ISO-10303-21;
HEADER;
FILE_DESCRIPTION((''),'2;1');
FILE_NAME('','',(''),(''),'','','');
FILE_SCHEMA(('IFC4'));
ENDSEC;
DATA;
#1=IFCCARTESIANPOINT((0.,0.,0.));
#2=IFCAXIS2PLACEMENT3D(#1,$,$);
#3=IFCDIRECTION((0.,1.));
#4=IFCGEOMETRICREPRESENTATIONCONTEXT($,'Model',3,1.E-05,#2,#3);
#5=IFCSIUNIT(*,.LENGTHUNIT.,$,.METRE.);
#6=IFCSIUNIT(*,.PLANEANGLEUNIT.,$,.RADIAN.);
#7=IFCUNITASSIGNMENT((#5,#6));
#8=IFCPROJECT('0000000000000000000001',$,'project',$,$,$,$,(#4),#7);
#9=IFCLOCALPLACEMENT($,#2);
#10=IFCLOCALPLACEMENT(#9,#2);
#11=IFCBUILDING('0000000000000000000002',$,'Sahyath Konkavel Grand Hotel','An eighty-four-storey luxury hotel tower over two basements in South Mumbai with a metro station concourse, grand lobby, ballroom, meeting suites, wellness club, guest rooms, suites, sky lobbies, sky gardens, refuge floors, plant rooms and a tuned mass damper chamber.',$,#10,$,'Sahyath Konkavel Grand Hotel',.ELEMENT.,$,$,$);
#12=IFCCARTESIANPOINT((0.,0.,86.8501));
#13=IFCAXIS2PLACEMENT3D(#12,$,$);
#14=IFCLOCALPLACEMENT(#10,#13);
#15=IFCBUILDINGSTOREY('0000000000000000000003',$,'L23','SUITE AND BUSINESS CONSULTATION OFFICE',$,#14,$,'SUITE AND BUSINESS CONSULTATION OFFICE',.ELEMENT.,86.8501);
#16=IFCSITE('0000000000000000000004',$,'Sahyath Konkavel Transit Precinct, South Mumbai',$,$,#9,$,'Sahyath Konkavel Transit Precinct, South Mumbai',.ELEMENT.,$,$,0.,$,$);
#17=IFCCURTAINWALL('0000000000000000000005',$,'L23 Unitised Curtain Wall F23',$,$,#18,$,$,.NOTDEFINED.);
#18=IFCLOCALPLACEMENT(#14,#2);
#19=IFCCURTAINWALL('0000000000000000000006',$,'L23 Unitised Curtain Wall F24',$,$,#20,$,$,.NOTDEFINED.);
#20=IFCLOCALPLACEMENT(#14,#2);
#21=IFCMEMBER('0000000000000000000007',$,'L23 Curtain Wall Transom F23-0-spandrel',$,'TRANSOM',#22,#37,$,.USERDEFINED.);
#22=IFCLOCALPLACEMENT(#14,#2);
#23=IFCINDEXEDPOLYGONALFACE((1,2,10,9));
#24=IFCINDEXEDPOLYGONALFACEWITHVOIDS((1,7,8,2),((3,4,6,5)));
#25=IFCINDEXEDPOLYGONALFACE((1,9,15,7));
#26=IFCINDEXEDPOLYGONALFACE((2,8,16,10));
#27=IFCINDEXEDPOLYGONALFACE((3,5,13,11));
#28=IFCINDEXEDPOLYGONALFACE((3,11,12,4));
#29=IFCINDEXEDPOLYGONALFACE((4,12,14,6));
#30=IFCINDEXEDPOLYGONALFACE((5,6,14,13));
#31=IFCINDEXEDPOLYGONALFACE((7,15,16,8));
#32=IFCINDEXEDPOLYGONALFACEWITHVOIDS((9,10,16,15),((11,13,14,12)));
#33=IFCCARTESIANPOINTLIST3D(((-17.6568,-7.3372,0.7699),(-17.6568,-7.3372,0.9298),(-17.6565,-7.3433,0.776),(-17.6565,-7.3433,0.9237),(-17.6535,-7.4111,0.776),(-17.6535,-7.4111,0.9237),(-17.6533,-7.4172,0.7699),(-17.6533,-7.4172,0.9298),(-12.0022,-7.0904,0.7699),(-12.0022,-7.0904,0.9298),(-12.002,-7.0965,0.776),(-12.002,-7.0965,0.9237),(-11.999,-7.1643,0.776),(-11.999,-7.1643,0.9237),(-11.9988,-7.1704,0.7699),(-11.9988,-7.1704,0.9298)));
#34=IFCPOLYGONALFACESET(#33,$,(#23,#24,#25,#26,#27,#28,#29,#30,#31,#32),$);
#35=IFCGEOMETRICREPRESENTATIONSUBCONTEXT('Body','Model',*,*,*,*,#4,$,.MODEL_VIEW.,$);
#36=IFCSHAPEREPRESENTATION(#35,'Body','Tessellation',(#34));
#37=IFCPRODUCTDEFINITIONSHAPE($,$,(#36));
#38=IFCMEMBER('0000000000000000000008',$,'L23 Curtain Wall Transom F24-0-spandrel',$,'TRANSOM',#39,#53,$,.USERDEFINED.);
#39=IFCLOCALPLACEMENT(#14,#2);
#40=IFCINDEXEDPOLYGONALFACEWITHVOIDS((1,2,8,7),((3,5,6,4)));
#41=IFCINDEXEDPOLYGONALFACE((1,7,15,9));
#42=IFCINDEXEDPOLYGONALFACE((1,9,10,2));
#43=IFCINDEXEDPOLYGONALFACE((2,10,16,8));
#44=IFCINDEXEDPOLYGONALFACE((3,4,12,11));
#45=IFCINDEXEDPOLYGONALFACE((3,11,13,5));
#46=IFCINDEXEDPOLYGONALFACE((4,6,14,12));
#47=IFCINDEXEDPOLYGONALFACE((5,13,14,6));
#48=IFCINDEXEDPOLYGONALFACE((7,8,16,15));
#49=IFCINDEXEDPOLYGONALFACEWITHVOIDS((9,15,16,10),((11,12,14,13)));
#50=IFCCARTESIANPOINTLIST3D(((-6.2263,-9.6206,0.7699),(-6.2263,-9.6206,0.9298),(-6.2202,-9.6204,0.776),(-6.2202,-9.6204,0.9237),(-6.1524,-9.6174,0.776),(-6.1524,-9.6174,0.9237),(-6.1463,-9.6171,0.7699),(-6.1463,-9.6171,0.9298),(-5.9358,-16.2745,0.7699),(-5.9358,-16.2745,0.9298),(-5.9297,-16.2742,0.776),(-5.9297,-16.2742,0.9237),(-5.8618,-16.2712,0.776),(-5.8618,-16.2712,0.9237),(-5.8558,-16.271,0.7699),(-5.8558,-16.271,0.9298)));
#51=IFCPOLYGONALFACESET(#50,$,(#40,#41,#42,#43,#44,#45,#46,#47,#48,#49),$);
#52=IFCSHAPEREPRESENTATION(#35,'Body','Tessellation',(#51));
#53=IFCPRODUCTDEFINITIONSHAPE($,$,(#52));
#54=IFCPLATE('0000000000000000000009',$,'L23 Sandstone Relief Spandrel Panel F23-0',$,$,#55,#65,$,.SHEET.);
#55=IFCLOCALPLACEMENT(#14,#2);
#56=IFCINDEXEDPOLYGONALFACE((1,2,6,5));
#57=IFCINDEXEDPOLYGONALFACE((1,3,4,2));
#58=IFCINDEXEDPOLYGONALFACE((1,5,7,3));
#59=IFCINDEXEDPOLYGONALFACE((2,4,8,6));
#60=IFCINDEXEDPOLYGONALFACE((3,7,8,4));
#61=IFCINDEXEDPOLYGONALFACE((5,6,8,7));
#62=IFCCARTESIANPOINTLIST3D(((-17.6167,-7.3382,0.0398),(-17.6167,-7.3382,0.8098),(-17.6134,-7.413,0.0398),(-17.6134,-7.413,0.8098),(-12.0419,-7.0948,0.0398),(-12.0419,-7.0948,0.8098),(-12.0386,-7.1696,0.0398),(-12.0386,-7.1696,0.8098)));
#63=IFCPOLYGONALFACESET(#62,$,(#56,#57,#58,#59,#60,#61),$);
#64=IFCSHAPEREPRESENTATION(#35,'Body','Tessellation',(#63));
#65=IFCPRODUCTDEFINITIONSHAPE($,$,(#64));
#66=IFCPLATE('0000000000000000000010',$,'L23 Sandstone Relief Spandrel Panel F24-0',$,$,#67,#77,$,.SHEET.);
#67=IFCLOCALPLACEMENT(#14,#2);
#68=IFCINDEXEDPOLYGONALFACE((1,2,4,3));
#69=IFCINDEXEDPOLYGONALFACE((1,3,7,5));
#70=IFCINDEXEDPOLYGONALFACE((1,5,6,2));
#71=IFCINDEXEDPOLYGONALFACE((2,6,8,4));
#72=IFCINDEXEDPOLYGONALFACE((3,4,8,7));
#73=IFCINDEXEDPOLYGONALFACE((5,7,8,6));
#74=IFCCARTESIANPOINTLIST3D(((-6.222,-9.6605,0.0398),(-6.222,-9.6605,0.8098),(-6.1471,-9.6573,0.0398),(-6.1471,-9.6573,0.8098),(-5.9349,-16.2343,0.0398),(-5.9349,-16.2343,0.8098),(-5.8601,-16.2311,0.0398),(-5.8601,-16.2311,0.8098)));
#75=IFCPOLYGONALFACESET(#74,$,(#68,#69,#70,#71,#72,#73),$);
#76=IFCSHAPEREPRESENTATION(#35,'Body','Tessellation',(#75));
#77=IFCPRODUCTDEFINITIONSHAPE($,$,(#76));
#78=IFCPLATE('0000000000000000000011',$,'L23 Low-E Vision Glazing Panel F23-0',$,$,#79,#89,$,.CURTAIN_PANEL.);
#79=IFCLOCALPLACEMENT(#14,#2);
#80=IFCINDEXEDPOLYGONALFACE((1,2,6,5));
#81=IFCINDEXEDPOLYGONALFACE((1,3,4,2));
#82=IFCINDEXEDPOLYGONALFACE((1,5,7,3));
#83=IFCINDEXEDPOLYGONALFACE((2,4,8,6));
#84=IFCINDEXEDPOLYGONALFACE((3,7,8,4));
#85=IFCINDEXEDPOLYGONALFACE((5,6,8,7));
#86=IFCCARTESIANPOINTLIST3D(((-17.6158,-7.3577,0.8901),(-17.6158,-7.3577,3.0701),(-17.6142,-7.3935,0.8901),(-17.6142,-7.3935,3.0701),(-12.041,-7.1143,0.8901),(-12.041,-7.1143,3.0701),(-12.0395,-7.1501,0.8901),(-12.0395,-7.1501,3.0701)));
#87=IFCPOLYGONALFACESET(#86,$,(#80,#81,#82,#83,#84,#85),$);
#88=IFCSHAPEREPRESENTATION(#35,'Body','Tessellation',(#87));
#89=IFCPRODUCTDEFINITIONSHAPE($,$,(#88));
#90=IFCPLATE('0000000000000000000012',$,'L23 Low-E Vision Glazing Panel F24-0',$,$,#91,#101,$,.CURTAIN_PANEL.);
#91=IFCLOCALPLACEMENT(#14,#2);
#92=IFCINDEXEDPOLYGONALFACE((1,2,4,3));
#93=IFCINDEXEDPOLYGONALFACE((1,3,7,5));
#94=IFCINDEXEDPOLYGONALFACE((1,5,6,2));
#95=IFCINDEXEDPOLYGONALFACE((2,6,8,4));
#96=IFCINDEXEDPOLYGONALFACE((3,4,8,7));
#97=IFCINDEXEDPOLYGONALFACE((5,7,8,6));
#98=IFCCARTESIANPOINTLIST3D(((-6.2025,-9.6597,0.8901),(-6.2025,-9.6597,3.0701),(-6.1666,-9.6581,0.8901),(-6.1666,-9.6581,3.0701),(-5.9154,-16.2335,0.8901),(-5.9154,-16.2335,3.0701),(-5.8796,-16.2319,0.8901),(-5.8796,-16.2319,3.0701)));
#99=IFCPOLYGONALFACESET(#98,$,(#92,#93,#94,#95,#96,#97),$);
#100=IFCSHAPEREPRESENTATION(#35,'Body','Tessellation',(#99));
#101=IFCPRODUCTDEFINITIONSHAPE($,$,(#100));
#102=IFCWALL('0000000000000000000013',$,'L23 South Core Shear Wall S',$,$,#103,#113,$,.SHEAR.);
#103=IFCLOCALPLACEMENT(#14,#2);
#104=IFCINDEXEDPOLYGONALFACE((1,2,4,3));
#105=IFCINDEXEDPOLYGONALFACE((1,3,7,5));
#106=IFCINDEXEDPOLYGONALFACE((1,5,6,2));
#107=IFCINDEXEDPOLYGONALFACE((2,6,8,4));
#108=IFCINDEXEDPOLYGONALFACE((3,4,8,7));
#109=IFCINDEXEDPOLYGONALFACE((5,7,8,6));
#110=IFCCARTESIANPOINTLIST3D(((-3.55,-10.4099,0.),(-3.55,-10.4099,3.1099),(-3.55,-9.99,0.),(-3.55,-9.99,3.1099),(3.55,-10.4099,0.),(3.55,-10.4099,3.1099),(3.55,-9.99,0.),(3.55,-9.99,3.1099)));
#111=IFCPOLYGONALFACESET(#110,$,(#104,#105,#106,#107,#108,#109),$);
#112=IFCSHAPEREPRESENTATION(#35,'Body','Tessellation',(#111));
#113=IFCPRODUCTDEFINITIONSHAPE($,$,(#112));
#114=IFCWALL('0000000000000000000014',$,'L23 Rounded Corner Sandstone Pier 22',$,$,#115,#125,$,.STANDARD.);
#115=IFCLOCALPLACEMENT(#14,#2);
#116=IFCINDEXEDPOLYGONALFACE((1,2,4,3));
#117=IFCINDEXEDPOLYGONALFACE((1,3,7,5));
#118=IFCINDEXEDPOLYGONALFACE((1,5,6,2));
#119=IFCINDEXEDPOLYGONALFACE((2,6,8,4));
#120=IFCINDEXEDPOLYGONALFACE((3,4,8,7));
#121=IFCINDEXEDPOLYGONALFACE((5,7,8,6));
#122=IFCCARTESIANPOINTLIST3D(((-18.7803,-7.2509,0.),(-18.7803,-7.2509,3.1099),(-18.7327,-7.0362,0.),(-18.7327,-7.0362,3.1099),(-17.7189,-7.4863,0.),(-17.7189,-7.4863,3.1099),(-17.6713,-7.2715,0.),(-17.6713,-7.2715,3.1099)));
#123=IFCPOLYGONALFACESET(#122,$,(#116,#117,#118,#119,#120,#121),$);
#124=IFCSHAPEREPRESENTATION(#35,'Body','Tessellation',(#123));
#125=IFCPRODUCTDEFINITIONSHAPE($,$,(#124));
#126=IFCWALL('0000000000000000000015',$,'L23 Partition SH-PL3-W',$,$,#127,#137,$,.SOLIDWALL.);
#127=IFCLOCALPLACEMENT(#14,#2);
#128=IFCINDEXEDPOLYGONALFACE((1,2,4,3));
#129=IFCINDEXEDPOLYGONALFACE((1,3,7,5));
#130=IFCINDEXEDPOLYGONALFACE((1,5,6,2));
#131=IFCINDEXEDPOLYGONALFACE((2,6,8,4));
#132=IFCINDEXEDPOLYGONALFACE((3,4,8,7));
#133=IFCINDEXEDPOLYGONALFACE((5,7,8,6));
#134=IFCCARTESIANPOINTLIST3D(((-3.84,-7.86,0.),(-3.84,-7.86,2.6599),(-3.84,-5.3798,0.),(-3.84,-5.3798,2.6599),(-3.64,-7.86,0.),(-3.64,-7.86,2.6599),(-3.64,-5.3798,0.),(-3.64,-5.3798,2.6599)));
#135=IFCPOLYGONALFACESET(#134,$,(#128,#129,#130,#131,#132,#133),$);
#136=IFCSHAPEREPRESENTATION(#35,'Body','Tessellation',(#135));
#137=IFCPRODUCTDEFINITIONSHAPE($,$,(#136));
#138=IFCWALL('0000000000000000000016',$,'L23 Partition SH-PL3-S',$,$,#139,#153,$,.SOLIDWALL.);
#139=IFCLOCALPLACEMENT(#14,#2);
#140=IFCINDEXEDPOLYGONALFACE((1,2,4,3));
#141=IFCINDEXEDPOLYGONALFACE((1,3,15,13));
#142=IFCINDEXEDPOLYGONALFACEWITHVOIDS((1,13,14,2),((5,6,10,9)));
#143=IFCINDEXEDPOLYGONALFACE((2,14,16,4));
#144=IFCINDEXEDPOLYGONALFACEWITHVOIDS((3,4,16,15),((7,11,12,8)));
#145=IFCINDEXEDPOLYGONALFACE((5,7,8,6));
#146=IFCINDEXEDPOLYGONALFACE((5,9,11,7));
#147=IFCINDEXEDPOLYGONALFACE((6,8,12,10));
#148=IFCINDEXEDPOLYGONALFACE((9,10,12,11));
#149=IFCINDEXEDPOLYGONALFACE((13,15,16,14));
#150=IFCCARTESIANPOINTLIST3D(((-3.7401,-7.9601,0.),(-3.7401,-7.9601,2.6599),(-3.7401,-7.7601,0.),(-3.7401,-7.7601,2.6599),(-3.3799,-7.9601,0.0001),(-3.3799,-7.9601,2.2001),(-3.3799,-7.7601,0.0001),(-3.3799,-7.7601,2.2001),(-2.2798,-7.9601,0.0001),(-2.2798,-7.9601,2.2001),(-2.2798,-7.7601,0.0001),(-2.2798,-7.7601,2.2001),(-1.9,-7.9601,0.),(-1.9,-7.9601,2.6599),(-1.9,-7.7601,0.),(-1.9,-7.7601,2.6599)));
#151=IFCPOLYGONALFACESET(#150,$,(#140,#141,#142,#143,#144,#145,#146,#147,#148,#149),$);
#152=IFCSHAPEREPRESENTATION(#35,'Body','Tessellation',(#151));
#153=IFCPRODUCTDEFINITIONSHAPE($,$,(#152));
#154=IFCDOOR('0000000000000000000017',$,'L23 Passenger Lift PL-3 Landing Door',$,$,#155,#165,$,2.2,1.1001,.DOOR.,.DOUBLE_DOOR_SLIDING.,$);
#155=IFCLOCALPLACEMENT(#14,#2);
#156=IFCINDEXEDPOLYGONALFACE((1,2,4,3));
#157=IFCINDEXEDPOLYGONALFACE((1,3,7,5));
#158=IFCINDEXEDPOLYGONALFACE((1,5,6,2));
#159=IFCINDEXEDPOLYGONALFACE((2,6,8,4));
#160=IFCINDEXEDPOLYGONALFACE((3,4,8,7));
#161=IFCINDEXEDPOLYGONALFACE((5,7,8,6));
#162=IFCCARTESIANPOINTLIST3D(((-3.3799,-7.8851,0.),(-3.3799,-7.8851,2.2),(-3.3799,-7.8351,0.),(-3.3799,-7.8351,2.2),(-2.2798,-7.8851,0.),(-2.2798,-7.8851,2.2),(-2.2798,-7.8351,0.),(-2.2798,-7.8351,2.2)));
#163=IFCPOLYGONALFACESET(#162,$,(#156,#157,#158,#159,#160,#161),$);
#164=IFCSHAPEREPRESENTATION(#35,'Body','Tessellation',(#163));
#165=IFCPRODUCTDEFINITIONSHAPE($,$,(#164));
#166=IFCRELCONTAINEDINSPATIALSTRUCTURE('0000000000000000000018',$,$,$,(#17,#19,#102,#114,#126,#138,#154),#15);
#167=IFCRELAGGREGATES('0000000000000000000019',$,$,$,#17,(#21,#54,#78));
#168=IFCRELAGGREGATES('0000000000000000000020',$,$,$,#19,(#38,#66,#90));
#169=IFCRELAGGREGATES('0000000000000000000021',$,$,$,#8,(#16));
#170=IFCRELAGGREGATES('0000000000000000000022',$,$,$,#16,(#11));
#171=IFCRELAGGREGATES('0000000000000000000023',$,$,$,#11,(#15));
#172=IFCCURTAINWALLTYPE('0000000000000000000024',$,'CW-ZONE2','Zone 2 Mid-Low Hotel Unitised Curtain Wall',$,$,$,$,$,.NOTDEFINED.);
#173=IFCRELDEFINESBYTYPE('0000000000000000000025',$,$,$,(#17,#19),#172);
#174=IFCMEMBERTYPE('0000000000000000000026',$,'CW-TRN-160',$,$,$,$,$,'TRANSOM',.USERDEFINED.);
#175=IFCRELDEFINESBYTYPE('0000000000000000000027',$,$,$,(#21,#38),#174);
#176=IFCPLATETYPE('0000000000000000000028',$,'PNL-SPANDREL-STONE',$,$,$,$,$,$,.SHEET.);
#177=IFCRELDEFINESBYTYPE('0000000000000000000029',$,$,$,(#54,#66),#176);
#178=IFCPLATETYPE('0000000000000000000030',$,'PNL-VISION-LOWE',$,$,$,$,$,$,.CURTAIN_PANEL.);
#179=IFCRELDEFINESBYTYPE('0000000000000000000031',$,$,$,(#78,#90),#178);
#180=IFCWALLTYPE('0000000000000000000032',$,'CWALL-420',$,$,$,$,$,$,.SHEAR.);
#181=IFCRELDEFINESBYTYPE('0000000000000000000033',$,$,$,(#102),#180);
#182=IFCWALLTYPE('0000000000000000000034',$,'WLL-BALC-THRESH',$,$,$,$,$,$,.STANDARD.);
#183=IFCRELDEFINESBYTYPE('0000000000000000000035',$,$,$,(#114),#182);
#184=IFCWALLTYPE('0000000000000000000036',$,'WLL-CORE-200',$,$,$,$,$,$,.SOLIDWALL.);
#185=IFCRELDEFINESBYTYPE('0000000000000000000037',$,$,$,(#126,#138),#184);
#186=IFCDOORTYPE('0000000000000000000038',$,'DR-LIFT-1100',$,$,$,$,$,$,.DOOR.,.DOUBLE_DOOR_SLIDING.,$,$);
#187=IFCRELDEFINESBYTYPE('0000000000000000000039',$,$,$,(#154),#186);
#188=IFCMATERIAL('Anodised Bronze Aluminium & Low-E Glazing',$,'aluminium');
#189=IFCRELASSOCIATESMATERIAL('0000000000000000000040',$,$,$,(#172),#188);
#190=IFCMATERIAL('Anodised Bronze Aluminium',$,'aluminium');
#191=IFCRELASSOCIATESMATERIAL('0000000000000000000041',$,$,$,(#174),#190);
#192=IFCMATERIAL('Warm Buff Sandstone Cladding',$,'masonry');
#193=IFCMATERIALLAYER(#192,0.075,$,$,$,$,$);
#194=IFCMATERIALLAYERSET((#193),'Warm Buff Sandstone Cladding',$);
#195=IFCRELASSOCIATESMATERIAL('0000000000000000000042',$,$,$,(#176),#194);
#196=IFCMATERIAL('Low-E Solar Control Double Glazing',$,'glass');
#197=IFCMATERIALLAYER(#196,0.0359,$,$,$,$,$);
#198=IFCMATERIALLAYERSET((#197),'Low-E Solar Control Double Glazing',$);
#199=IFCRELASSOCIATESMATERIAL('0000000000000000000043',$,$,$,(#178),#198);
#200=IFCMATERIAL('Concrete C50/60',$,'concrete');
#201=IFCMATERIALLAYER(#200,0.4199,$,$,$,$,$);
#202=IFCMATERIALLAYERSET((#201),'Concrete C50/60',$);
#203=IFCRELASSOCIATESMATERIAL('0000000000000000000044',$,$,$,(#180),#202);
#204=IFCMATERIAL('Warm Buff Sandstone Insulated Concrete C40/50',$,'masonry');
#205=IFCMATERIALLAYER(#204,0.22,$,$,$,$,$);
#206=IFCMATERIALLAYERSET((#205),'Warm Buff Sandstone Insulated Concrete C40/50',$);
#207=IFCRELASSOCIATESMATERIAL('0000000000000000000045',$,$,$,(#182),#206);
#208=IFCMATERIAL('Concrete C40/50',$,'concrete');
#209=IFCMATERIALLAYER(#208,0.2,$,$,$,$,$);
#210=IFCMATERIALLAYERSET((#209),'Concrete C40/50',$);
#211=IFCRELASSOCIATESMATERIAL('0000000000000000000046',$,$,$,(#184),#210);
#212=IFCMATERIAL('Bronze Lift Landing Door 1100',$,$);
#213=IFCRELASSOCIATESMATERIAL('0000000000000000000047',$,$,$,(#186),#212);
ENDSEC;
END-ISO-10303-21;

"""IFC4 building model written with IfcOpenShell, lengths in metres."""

from ifc_helpers import new_model, si_unit, direction, frame, frame_2d, origin, origin_2d, place, context, subcontext, project, spatial, rectangle, hollow_rectangle, extrude, source, transform, mapped, material, layer, layer_set, material_profile, profile_set, type_object, element, fill, aggregate, save


model = new_model("IFC4")

# Units and contexts
model_context = context("Model", 3, precision=1e-05, world=origin(), true_north=direction((0.0, 1.0)))
body_context = subcontext(model_context, "Body", "Model", "MODEL_VIEW")
ifc_project = project(units=[si_unit("LENGTHUNIT", "METRE"), si_unit("PLANEANGLEUNIT", "RADIAN")], contexts=[model_context])

# Site, building, storey
site_placement = place(None, origin())
site = spatial("IfcSite", under=ifc_project, at=site_placement, Name="Sahyath Konkavel Transit Precinct, South Mumbai", LongName="Sahyath Konkavel Transit Precinct, South Mumbai", CompositionType="ELEMENT", RefElevation=0.0)
building_placement = place(site_placement, origin())
building = spatial("IfcBuilding", under=site, at=building_placement, Name="Sahyath Konkavel Grand Hotel", Description="An eighty-four-storey luxury hotel tower over two basements in South Mumbai with a metro station concourse, grand lobby, ballroom, meeting suites, wellness club, guest rooms, suites, sky lobbies, sky gardens, refuge floors, plant rooms and a tuned mass damper chamber.", LongName="Sahyath Konkavel Grand Hotel", CompositionType="ELEMENT")
storey_placement = place(building_placement, frame((0.0, 0.0, 86.8501)))
storey = spatial("IfcBuildingStorey", under=building, at=storey_placement, Name="L23", Description="SUITE AND BUSINESS CONSULTATION OFFICE", LongName="SUITE AND BUSINESS CONSULTATION OFFICE", CompositionType="ELEMENT", Elevation=86.8501)

# Curtain wall
ifc_material_1 = material(Name="Anodised Bronze Aluminium & Low-E Glazing", Category="aluminium")
curtain_wall_type = type_object("IfcCurtainWallType", Name="CW-ZONE2", Description="Zone 2 Mid-Low Hotel Unitised Curtain Wall", PredefinedType="NOTDEFINED", material=ifc_material_1)
curtain_wall_1_placement = place(storey_placement, origin())
curtain_wall_1 = element("IfcCurtainWall", 1, at=curtain_wall_1_placement, inside=storey, type_object=curtain_wall_type, Name="L23 Unitised Curtain Wall F23", PredefinedType="NOTDEFINED")
ifc_material_2 = material(Name="Anodised Bronze Aluminium", Category="aluminium")

# Curtain wall
curtain_wall_2_placement = place(storey_placement, origin())
curtain_wall_2 = element("IfcCurtainWall", 2, at=curtain_wall_2_placement, inside=storey, type_object=curtain_wall_type, Name="L23 Unitised Curtain Wall F24", PredefinedType="NOTDEFINED")

# Members
ifc_material_profile_1 = material_profile(ifc_material_2, hollow_rectangle(XDim=0.0801, YDim=0.1599, WallThickness=0.0061, at=origin_2d()), Name="RHS 160x80x6")
ifc_profile_set_1 = profile_set([ifc_material_profile_1], Name="Anodised Bronze Aluminium")
member_type_1 = type_object("IfcMemberType", Name="CW-TRN-160", ElementType="TRANSOM", PredefinedType="USERDEFINED", material=ifc_profile_set_1)
shared_shape_1 = source(origin(), body_context, "Body", "SweptSolid", [
    extrude(hollow_rectangle(XDim=0.0801, YDim=0.1599, WallThickness=0.0061, at=origin_2d()), origin(), (0.0, 0.0, 1.0), 5.6599),
])
member_1_placement = place(storey_placement, frame((-17.655, -7.3772, 0.8499), z_axis=(0.999049, 0.043609, 0.0), x_axis=(-0.043609, 0.999049, 0.0)))
member_1 = element("IfcMember", 3, at=member_1_placement, type_object=member_type_1, Name="L23 Curtain Wall Transom F23-0-spandrel", ObjectType="TRANSOM", PredefinedType="USERDEFINED", context=body_context, shape_type="MappedRepresentation", body=[
    mapped(shared_shape_1, transform((0.0, 0.0, 0.0), scale=1.0)),
])
shared_shape_2 = source(origin(), body_context, "Body", "SweptSolid", [
    extrude(hollow_rectangle(XDim=0.0801, YDim=0.1599, WallThickness=0.0061, at=origin_2d()), origin(), (0.0, 0.0, 1.0), 6.6602),
])
member_2_placement = place(storey_placement, frame((-6.1863, -9.6189, 0.8499), z_axis=(0.043622, -0.999048, 0.0), x_axis=(0.999048, 0.043622, 0.0)))
member_2 = element("IfcMember", 4, at=member_2_placement, type_object=member_type_1, Name="L23 Curtain Wall Transom F24-0-spandrel", ObjectType="TRANSOM", PredefinedType="USERDEFINED", context=body_context, shape_type="MappedRepresentation", body=[
    mapped(shared_shape_2, transform((0.0, 0.0, 0.0), scale=1.0)),
])

# Plates
ifc_material_3 = material(Name="Warm Buff Sandstone Cladding", Category="masonry")
ifc_layer_1 = layer(ifc_material_3, 0.075)
ifc_layer_set_1 = layer_set([ifc_layer_1], Name="Warm Buff Sandstone Cladding")
plate_type_1 = type_object("IfcPlateType", Name="PNL-SPANDREL-STONE", PredefinedType="SHEET", material=ifc_layer_set_1)
shared_shape_3 = source(origin(), body_context, "Body", "SweptSolid", [
    extrude(rectangle(XDim=5.5801, YDim=0.075, at=origin_2d()), origin(), (0.0, 0.0, 1.0), 0.77),
])
plate_1_placement = place(storey_placement, frame((-14.8276, -7.2539, 0.0398), z_axis=(0.0, 0.0, 1.0), x_axis=(0.999048, 0.043619, 0.0)))
plate_1 = element("IfcPlate", 5, at=plate_1_placement, type_object=plate_type_1, Name="L23 Sandstone Relief Spandrel Panel F23-0", PredefinedType="SHEET", context=body_context, shape_type="MappedRepresentation", body=[
    mapped(shared_shape_3, transform((0.0, 0.0, 0.0), scale=1.0)),
])
shared_shape_4 = source(origin(), body_context, "Body", "SweptSolid", [
    extrude(rectangle(XDim=6.5801, YDim=0.075, at=origin_2d()), origin(), (0.0, 0.0, 1.0), 0.77),
])
plate_2_placement = place(storey_placement, frame((-6.041, -12.9458, 0.0398), z_axis=(0.0, 0.0, 1.0), x_axis=(0.043619, -0.999048, 0.0)))
plate_2 = element("IfcPlate", 6, at=plate_2_placement, type_object=plate_type_1, Name="L23 Sandstone Relief Spandrel Panel F24-0", PredefinedType="SHEET", context=body_context, shape_type="MappedRepresentation", body=[
    mapped(shared_shape_4, transform((0.0, 0.0, 0.0), scale=1.0)),
])
ifc_material_4 = material(Name="Low-E Solar Control Double Glazing", Category="glass")
ifc_layer_2 = layer(ifc_material_4, 0.0359)
ifc_layer_set_2 = layer_set([ifc_layer_2], Name="Low-E Solar Control Double Glazing")
plate_type_2 = type_object("IfcPlateType", Name="PNL-VISION-LOWE", PredefinedType="CURTAIN_PANEL", material=ifc_layer_set_2)
shared_shape_5 = source(origin(), body_context, "Body", "SweptSolid", [
    extrude(rectangle(XDim=5.5801, YDim=0.0359, at=origin_2d()), origin(), (0.0, 0.0, 1.0), 2.1799),
])
plate_3_placement = place(storey_placement, frame((-14.8276, -7.2539, 0.8901), z_axis=(0.0, 0.0, 1.0), x_axis=(0.999048, 0.043619, 0.0)))
plate_3 = element("IfcPlate", 7, at=plate_3_placement, type_object=plate_type_2, Name="L23 Low-E Vision Glazing Panel F23-0", PredefinedType="CURTAIN_PANEL", context=body_context, shape_type="MappedRepresentation", body=[
    mapped(shared_shape_5, transform((0.0, 0.0, 0.0), scale=1.0)),
])
aggregate(curtain_wall_1, [member_1, plate_1, plate_3])
shared_shape_6 = source(origin(), body_context, "Body", "SweptSolid", [
    extrude(rectangle(XDim=6.5801, YDim=0.0359, at=origin_2d()), origin(), (0.0, 0.0, 1.0), 2.1799),
])
plate_4_placement = place(storey_placement, frame((-6.041, -12.9458, 0.8901), z_axis=(0.0, 0.0, 1.0), x_axis=(0.043619, -0.999048, 0.0)))
plate_4 = element("IfcPlate", 8, at=plate_4_placement, type_object=plate_type_2, Name="L23 Low-E Vision Glazing Panel F24-0", PredefinedType="CURTAIN_PANEL", context=body_context, shape_type="MappedRepresentation", body=[
    mapped(shared_shape_6, transform((0.0, 0.0, 0.0), scale=1.0)),
])
aggregate(curtain_wall_2, [member_2, plate_2, plate_4])

# Walls
ifc_material_5 = material(Name="Concrete C50/60", Category="concrete")
ifc_layer_3 = layer(ifc_material_5, 0.4199)
ifc_layer_set_3 = layer_set([ifc_layer_3], Name="Concrete C50/60")
wall_type_1 = type_object("IfcWallType", Name="CWALL-420", PredefinedType="SHEAR", material=ifc_layer_set_3)
wall_1_placement = place(storey_placement, frame((-3.55, -10.2, 0.0), z_axis=(0.0, 0.0, 1.0), x_axis=(1.0, 0.0, 0.0)))
element("IfcWall", 9, at=wall_1_placement, inside=storey, type_object=wall_type_1, Name="L23 South Core Shear Wall S", PredefinedType="SHEAR", context=body_context, shape_type="SweptSolid", body=[
    extrude(rectangle(XDim=7.1001, YDim=0.4199, at=frame_2d((3.55, 0.0))), origin(), (0.0, 0.0, 1.0), 3.1099),
])
ifc_material_6 = material(Name="Warm Buff Sandstone Insulated Concrete C40/50", Category="masonry")
ifc_layer_4 = layer(ifc_material_6, 0.22)
ifc_layer_set_4 = layer_set([ifc_layer_4], Name="Warm Buff Sandstone Insulated Concrete C40/50")
wall_type_2 = type_object("IfcWallType", Name="WLL-BALC-THRESH", PredefinedType="STANDARD", material=ifc_layer_set_4)
wall_2_placement = place(storey_placement, frame((-18.7563, -7.1436, 0.0), z_axis=(0.0, 0.0, 1.0), x_axis=(0.976282, -0.216502, 0.0)))
element("IfcWall", 10, at=wall_2_placement, inside=storey, type_object=wall_type_2, Name="L23 Rounded Corner Sandstone Pier 22", PredefinedType="STANDARD", context=body_context, shape_type="SweptSolid", body=[
    extrude(rectangle(XDim=1.0872, YDim=0.22, at=frame_2d((0.5435, 0.0))), origin(), (0.0, 0.0, 1.0), 3.1099),
])
ifc_material_7 = material(Name="Concrete C40/50", Category="concrete")
ifc_layer_5 = layer(ifc_material_7, 0.2)
ifc_layer_set_5 = layer_set([ifc_layer_5], Name="Concrete C40/50")
wall_type_3 = type_object("IfcWallType", Name="WLL-CORE-200", PredefinedType="SOLIDWALL", material=ifc_layer_set_5)
wall_3_placement = place(storey_placement, frame((-3.74, -7.8601, 0.0), z_axis=(0.0, 0.0, 1.0), x_axis=(0.0, 1.0, 0.0)))
element("IfcWall", 11, at=wall_3_placement, inside=storey, type_object=wall_type_3, Name="L23 Partition SH-PL3-W", PredefinedType="SOLIDWALL", context=body_context, shape_type="SweptSolid", body=[
    extrude(rectangle(XDim=2.4802, YDim=0.2, at=frame_2d((1.2402, 0.0))), origin(), (0.0, 0.0, 1.0), 2.6599),
])

# Wall, opening, door
wall_4_placement = place(storey_placement, frame((-3.74, -7.8601, 0.0), z_axis=(0.0, 0.0, 1.0), x_axis=(1.0, 0.0, 0.0)))
wall_4 = element("IfcWall", 12, at=wall_4_placement, inside=storey, type_object=wall_type_3, Name="L23 Partition SH-PL3-S", PredefinedType="SOLIDWALL", context=body_context, shape_type="SweptSolid", body=[
    extrude(rectangle(XDim=1.8401, YDim=0.2, at=frame_2d((0.9199, 0.0))), origin(), (0.0, 0.0, 1.0), 2.6599),
])
opening_1_placement = place(wall_4_placement, frame((0.3601, 0.0, 0.0)))
opening_1 = element("IfcOpeningElement", 13, at=opening_1_placement, cuts=wall_4, PredefinedType="OPENING", context=body_context, shape_type="SweptSolid", body=[
    extrude(rectangle(XDim=1.1001, YDim=2.2, at=frame_2d((0.55, 1.1001))), frame((0.0, 0.1099, 0.0), z_axis=(0.0, -1.0, 0.0), x_axis=(1.0, 0.0, 0.0)), (0.0, 0.0, 1.0), 0.22),
])
ifc_material_8 = material(Name="Bronze Lift Landing Door 1100")
door_type_1 = type_object("IfcDoorType", Name="DR-LIFT-1100", OperationType="DOUBLE_DOOR_SLIDING", PredefinedType="DOOR", material=ifc_material_8)
shared_shape_7 = source(origin(), body_context, "Body", "SweptSolid", [
    extrude(rectangle(XDim=1.1001, YDim=0.05, at=origin_2d()), origin(), (0.0, 0.0, 1.0), 2.2),
])
door_1_placement = place(opening_1_placement, frame((0.55, 0.0, 0.0)))
door_1 = element("IfcDoor", 14, at=door_1_placement, inside=storey, type_object=door_type_1, Name="L23 Passenger Lift PL-3 Landing Door", OperationType="DOUBLE_DOOR_SLIDING", OverallHeight=2.2, OverallWidth=1.1001, PredefinedType="DOOR", context=body_context, shape_type="MappedRepresentation", body=[
    mapped(shared_shape_7, transform((0.0, 0.0, 0.0), scale=1.0)),
])
fill(opening_1, door_1)

save(model, "model.ifc")
